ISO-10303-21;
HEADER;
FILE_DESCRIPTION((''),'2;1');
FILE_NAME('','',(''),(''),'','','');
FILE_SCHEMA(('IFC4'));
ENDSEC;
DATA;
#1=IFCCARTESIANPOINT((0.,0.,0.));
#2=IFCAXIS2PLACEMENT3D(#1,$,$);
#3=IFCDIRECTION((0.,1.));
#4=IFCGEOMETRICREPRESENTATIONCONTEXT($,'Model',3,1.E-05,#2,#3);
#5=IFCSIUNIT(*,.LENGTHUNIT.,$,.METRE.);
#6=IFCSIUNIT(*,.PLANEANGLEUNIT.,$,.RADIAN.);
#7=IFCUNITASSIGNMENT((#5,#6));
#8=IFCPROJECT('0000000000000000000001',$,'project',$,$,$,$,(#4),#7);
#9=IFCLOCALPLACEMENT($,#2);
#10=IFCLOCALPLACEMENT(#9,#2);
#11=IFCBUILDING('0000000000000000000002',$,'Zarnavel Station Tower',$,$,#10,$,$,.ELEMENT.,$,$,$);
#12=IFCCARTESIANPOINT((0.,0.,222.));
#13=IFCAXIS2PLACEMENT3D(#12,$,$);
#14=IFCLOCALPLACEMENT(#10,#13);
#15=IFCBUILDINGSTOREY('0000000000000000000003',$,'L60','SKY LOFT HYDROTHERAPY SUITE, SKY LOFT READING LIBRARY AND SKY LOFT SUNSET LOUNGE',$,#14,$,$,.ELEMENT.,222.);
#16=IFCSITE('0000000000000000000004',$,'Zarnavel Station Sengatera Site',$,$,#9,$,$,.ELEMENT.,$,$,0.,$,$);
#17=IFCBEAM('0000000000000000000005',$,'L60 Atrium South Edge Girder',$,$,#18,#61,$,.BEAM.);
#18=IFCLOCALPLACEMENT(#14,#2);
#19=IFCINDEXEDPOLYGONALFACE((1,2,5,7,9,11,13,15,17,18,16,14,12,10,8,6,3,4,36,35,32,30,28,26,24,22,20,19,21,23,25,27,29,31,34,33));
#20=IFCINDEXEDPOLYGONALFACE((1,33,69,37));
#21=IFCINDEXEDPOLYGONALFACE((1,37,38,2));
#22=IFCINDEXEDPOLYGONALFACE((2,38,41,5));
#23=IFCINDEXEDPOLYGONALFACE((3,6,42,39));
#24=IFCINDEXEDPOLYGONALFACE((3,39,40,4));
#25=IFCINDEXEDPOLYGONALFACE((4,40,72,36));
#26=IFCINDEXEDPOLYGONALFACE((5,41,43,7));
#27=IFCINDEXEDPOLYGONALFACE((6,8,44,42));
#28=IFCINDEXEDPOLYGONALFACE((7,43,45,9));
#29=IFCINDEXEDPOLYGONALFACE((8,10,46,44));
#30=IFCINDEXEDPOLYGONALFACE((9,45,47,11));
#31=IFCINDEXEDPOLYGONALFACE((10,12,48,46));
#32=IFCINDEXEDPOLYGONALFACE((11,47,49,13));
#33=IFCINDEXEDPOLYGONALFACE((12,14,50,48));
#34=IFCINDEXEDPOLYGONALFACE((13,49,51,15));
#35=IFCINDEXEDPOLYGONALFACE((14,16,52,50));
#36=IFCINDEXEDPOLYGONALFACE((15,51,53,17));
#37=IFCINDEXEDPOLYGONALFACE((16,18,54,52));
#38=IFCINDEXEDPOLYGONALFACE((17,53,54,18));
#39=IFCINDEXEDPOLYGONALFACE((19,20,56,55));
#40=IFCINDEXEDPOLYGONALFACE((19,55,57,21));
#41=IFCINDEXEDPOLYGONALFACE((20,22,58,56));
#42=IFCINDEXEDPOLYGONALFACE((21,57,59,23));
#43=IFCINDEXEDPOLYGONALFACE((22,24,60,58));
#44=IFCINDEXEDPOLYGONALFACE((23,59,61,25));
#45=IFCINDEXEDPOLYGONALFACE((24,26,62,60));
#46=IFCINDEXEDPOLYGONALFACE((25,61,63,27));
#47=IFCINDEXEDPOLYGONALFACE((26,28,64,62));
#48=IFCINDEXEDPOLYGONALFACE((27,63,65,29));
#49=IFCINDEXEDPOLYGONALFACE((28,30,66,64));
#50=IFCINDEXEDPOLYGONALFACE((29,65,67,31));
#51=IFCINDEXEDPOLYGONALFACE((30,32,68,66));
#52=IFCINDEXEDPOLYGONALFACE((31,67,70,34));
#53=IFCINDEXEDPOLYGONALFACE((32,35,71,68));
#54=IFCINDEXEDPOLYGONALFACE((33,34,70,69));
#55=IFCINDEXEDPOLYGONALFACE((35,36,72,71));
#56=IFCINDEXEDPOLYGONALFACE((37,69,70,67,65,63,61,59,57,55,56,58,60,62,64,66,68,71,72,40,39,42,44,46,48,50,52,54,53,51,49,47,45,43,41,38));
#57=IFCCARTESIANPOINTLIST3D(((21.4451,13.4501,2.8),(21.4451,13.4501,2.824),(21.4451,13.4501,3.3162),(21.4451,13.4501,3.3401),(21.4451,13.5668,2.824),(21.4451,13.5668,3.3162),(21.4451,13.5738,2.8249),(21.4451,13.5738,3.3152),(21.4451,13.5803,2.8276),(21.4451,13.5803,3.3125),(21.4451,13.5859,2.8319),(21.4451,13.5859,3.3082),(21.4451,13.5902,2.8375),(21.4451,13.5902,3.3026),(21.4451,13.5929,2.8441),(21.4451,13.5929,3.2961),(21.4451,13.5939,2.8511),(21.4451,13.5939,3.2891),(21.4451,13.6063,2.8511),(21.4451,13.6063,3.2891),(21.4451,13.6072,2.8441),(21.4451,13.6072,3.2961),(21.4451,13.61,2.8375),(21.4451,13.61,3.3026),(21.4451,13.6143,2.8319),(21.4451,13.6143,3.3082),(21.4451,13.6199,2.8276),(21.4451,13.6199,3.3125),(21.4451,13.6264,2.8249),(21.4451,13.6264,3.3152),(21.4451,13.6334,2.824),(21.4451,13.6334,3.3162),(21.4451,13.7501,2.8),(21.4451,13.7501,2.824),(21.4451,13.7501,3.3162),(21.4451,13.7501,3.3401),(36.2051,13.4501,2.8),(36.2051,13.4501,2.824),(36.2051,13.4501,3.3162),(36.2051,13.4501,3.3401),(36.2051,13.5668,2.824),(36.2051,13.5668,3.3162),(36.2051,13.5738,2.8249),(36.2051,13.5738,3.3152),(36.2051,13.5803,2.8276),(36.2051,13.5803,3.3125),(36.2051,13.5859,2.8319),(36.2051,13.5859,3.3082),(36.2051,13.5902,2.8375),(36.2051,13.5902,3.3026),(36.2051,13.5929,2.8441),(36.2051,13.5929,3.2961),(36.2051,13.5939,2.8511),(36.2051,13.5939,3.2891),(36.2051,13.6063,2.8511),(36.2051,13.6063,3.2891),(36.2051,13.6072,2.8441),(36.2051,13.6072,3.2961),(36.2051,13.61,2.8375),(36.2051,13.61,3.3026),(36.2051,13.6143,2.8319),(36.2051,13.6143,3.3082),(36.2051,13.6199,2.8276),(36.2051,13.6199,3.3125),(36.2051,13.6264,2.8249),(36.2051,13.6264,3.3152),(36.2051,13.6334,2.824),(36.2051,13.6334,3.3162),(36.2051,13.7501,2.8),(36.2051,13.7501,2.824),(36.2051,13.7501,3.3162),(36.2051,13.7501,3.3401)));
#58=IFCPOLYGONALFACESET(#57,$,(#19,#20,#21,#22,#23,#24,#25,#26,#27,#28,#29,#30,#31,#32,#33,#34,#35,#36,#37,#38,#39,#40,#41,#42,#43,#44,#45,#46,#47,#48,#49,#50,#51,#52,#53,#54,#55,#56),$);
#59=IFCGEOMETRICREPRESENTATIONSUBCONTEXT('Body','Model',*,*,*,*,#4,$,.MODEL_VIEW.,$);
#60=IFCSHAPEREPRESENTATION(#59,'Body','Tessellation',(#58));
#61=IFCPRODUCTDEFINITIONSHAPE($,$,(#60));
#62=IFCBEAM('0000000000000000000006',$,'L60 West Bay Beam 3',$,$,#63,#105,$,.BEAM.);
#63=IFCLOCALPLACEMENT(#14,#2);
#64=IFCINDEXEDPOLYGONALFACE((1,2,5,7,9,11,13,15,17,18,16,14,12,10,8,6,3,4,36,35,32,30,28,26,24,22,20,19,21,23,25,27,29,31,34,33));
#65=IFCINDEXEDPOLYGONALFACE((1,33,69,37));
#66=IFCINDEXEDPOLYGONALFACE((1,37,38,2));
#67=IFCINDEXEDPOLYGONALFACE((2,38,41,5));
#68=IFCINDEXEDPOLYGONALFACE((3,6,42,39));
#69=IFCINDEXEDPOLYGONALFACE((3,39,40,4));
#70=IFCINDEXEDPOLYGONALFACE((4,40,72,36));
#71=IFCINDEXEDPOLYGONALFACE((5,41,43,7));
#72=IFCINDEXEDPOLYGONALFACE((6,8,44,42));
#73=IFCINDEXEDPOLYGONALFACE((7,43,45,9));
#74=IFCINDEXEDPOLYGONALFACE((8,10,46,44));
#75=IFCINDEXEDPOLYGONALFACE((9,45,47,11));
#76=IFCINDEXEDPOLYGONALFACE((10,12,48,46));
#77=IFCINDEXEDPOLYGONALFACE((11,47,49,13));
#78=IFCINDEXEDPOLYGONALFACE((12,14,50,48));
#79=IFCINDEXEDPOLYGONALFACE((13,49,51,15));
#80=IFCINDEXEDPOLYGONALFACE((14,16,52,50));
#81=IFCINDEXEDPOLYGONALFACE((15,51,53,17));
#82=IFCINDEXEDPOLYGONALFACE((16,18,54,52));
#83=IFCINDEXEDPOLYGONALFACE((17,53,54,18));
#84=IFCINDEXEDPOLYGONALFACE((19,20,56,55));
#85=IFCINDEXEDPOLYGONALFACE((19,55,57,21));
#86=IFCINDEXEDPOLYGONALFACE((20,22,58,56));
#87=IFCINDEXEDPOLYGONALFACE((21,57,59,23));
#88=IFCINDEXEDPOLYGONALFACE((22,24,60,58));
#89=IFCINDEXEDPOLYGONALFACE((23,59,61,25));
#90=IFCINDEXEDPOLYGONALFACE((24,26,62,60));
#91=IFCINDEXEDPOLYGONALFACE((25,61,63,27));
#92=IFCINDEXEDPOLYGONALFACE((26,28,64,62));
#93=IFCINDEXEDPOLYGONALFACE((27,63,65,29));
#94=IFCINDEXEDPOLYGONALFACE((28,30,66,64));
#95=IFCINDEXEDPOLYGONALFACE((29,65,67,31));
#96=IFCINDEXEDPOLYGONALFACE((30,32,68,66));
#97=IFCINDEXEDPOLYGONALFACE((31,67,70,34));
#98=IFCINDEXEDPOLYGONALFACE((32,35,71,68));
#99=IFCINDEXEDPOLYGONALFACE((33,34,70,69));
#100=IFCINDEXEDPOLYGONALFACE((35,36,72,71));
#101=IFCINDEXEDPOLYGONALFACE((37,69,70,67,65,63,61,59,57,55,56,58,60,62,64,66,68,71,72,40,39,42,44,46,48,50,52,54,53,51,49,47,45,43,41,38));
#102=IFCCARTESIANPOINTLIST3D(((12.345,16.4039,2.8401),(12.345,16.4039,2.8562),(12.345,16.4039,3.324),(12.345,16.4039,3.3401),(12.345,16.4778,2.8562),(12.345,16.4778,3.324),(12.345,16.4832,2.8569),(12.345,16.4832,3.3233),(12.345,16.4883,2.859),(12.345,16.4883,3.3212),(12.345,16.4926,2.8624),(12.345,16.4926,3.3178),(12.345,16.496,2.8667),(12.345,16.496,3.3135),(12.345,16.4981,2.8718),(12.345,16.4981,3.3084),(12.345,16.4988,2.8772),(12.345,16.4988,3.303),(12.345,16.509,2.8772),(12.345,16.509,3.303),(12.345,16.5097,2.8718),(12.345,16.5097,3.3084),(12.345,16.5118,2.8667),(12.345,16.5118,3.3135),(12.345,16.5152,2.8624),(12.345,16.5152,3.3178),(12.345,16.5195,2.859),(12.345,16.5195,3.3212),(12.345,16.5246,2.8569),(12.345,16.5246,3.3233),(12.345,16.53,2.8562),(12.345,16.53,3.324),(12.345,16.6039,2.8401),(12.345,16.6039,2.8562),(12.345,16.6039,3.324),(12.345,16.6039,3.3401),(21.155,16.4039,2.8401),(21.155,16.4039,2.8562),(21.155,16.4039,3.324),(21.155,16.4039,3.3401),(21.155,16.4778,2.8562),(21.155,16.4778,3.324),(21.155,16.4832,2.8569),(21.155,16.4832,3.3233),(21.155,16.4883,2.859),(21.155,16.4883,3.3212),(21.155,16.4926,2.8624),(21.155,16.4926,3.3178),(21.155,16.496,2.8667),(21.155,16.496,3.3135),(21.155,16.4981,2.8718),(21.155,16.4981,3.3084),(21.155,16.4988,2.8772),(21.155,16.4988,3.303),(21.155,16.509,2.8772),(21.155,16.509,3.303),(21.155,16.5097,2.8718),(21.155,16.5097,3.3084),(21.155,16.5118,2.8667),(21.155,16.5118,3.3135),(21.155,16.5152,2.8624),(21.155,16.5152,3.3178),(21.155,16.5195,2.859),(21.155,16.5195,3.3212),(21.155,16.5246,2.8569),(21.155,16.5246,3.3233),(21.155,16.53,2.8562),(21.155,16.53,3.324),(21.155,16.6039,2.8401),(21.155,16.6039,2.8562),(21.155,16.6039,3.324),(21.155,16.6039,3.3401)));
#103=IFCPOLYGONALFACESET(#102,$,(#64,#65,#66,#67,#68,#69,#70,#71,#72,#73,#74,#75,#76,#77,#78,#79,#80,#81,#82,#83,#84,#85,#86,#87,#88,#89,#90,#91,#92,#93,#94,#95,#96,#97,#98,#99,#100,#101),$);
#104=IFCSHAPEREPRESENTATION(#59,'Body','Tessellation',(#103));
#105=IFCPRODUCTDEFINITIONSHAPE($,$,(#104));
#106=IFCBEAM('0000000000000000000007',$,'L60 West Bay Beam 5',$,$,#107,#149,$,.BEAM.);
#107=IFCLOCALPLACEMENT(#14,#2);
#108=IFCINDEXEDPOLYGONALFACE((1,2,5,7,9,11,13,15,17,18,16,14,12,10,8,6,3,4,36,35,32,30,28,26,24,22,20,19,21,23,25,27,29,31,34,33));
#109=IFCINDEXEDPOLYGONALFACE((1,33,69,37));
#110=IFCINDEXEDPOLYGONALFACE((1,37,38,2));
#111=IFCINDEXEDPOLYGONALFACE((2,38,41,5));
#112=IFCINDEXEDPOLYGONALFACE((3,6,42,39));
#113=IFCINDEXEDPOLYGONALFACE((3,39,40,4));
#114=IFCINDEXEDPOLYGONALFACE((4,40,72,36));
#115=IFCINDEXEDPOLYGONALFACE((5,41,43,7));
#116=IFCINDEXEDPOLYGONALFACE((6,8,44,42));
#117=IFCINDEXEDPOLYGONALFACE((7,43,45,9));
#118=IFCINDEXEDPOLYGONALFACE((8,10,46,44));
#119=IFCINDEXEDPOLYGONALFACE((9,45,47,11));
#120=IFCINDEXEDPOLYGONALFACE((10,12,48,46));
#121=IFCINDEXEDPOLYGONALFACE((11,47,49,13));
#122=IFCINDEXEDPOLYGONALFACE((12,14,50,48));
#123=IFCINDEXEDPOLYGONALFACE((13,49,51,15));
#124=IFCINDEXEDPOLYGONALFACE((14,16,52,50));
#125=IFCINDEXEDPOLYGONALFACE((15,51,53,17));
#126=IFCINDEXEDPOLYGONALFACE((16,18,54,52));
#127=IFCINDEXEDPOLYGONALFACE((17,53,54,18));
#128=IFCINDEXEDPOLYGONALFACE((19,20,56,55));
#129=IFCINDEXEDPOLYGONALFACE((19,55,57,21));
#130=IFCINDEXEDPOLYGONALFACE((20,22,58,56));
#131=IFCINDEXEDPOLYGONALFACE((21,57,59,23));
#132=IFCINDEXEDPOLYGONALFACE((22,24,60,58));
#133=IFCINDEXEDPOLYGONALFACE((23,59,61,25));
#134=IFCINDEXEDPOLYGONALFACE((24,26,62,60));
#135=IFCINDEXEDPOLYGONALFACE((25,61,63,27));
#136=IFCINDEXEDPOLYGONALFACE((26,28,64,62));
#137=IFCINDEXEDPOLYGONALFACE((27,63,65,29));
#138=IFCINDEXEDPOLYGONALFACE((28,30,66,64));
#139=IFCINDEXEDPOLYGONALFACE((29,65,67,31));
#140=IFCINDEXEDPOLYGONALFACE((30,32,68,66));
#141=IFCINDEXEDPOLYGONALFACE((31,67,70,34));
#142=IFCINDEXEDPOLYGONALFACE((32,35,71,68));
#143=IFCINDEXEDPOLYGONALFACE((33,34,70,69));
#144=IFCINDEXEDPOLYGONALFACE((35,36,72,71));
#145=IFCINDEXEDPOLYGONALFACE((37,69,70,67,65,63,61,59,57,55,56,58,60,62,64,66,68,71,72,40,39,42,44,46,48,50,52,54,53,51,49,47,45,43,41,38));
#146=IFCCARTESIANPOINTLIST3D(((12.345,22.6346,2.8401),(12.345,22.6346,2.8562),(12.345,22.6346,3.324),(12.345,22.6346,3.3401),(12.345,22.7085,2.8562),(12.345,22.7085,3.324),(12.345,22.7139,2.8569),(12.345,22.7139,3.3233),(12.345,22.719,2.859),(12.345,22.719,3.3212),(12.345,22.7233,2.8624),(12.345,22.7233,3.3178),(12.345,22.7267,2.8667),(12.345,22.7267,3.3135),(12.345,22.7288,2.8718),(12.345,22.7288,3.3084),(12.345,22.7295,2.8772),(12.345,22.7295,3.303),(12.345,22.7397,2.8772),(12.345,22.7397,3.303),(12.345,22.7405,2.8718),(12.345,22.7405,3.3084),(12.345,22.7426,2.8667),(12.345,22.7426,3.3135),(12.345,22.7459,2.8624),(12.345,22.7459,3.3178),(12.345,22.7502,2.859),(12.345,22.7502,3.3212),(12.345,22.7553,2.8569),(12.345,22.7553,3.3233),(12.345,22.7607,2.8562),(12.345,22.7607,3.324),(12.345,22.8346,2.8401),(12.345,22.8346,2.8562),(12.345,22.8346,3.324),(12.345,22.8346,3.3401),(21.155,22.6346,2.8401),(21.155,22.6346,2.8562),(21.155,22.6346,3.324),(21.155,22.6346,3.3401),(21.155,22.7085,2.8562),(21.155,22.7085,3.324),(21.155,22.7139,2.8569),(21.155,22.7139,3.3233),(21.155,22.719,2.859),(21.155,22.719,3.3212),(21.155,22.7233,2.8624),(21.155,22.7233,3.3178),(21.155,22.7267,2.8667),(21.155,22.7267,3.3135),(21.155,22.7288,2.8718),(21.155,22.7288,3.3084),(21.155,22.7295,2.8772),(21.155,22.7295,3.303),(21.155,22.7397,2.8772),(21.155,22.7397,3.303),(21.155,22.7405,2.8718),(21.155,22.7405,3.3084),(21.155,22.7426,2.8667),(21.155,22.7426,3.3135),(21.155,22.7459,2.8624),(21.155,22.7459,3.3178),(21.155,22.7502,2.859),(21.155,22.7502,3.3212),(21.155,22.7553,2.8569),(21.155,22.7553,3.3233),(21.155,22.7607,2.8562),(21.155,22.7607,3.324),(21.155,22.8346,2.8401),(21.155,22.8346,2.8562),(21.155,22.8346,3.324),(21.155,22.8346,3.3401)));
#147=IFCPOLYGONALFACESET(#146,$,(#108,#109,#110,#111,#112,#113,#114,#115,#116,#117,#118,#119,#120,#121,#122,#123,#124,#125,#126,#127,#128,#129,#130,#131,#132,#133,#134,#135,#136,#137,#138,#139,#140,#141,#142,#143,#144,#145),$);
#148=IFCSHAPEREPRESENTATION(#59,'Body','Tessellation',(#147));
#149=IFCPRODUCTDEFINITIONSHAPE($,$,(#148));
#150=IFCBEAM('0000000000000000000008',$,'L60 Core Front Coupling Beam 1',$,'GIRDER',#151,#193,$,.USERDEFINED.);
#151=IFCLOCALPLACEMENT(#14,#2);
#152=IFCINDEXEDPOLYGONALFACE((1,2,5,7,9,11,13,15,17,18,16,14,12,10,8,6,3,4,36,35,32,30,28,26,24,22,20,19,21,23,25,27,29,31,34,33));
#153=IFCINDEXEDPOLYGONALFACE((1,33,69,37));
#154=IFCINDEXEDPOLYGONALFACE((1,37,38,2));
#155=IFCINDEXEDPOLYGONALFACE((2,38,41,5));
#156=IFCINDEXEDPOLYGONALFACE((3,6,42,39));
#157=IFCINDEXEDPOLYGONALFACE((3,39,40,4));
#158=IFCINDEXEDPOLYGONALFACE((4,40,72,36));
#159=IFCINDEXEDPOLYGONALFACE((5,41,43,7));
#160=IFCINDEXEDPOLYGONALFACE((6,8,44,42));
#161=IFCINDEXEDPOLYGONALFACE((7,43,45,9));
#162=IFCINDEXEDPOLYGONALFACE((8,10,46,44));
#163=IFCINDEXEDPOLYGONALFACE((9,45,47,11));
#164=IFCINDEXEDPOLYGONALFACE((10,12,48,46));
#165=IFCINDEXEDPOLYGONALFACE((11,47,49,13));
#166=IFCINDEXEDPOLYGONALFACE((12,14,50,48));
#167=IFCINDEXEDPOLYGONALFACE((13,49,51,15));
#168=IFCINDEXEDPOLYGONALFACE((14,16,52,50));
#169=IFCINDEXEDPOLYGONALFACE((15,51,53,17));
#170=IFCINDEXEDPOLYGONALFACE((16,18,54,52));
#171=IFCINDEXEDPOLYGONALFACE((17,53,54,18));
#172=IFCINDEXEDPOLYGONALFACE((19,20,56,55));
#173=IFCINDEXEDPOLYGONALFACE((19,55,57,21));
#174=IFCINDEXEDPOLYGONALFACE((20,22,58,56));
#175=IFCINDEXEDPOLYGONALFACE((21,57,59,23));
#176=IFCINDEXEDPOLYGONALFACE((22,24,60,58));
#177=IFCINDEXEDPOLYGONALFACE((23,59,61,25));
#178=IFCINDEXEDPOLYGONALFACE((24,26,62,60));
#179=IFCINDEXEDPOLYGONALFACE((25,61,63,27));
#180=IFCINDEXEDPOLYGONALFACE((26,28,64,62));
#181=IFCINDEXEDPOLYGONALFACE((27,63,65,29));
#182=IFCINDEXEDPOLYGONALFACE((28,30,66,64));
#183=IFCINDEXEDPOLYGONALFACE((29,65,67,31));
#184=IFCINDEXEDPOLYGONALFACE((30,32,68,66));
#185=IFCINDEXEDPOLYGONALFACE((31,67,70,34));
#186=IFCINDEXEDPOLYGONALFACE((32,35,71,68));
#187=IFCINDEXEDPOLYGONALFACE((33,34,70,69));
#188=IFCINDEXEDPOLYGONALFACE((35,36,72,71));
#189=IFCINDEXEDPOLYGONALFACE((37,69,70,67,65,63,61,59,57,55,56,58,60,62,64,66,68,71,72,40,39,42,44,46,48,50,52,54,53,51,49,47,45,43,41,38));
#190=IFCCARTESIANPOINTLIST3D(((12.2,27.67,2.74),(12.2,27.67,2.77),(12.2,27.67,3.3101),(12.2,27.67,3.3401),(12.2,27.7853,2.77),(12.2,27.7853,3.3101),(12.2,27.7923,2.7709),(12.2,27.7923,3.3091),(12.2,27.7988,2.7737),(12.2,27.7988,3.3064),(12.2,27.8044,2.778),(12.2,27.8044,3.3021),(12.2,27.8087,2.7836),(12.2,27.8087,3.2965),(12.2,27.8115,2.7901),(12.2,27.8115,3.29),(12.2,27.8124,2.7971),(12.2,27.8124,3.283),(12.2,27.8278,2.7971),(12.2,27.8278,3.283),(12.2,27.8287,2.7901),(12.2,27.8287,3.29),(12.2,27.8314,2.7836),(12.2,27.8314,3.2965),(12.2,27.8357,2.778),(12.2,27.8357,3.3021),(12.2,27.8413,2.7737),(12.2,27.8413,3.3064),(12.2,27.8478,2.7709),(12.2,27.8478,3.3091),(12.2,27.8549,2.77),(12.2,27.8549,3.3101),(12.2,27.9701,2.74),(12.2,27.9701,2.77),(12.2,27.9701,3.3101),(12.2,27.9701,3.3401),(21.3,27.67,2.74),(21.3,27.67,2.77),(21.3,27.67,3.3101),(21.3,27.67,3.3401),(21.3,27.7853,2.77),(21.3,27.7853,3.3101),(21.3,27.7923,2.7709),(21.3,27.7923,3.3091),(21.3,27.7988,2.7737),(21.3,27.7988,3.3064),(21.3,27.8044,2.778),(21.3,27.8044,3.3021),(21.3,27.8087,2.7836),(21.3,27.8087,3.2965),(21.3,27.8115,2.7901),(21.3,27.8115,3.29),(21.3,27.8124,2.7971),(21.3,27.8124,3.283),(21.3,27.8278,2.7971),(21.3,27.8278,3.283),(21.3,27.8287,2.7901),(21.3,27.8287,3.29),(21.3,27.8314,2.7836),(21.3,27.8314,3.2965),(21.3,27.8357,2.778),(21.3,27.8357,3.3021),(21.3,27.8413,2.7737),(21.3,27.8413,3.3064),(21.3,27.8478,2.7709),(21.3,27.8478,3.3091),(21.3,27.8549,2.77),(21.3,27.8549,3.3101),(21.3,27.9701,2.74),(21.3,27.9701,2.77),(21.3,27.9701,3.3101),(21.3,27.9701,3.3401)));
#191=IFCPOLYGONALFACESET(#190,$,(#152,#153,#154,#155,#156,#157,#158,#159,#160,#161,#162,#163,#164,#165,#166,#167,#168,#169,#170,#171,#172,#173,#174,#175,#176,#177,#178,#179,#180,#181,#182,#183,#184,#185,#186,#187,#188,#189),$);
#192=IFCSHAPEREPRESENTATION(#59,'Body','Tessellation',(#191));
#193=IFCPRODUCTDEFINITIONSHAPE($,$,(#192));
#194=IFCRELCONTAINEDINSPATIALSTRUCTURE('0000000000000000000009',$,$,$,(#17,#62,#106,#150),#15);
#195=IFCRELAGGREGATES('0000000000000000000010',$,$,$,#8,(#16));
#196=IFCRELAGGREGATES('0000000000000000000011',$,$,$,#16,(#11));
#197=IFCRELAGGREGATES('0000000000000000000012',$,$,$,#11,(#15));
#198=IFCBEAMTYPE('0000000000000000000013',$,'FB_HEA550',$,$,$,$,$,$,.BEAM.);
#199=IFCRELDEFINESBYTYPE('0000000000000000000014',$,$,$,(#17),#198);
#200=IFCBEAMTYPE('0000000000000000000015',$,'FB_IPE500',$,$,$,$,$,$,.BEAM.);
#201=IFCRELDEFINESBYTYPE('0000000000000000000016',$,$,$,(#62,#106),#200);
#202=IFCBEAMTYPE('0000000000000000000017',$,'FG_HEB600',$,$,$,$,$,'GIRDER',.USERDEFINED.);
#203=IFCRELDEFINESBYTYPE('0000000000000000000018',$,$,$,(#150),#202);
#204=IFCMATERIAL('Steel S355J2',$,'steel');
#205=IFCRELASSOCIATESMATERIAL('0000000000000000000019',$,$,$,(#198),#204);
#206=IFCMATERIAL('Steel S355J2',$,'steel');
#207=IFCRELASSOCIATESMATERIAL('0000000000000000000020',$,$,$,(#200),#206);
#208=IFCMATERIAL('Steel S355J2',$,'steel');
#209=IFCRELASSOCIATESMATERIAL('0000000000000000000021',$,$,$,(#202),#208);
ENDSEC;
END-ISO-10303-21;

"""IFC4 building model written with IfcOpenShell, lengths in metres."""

from ifc_helpers import new_model, si_unit, direction, frame, origin, origin_2d, place, context, subcontext, project, spatial, i_section, extrude, material, material_profile, profile_set, type_object, element, save


model = new_model("IFC4")

# Units and contexts
model_context = context("Model", 3, precision=1e-05, world=origin(), true_north=direction((0.0, 1.0)))
body_context = subcontext(model_context, "Body", "Model", "MODEL_VIEW")
ifc_project = project(units=[si_unit("LENGTHUNIT", "METRE"), si_unit("PLANEANGLEUNIT", "RADIAN")], contexts=[model_context])

# Site, building, storey
site_placement = place(None, origin())
site = spatial("IfcSite", under=ifc_project, at=site_placement, Name="Zarnavel Station Sengatera Site", CompositionType="ELEMENT", RefElevation=0.0)
building_placement = place(site_placement, origin())
building = spatial("IfcBuilding", under=site, at=building_placement, Name="Zarnavel Station Tower", CompositionType="ELEMENT")
storey_placement = place(building_placement, frame((0.0, 0.0, 222.0)))
storey = spatial("IfcBuildingStorey", under=building, at=storey_placement, Name="L60", Description="SKY LOFT HYDROTHERAPY SUITE, SKY LOFT READING LIBRARY AND SKY LOFT SUNSET LOUNGE", CompositionType="ELEMENT", Elevation=222.0)

# Beams
ifc_material_1 = material(Name="Steel S355J2", Category="steel")
ifc_material_profile_1 = material_profile(ifc_material_1, i_section(OverallWidth=0.3, OverallDepth=0.54, WebThickness=0.0125, FlangeThickness=0.0239, FilletRadius=0.0271, at=origin_2d()), Name="HEA550")
ifc_profile_set_1 = profile_set([ifc_material_profile_1], Name="Steel S355J2")
beam_type_1 = type_object("IfcBeamType", Name="FB_HEA550", PredefinedType="BEAM", material=ifc_profile_set_1)
beam_1_placement = place(storey_placement, frame((21.4451, 13.6001, 3.0701), z_axis=(1.0, 0.0, 0.0), x_axis=(0.0, 1.0, 0.0)))
element("IfcBeam", 1, at=beam_1_placement, inside=storey, type_object=beam_type_1, Name="L60 Atrium South Edge Girder", PredefinedType="BEAM", context=body_context, shape_type="SweptSolid", body=[
    extrude(i_section(OverallWidth=0.3, OverallDepth=0.54, WebThickness=0.0125, FlangeThickness=0.0239, FilletRadius=0.0271, at=origin_2d()), origin(), (0.0, 0.0, 1.0), 14.76),
])
ifc_material_2 = material(Name="Steel S355J2", Category="steel")
ifc_material_profile_2 = material_profile(ifc_material_2, i_section(OverallWidth=0.2, OverallDepth=0.5, WebThickness=0.0103, FlangeThickness=0.0161, FilletRadius=0.021, at=origin_2d()), Name="IPE500")
ifc_profile_set_2 = profile_set([ifc_material_profile_2], Name="Steel S355J2")
beam_type_2 = type_object("IfcBeamType", Name="FB_IPE500", PredefinedType="BEAM", material=ifc_profile_set_2)
for number, where, z_axis, x_axis, name in (
    (2, (12.345, 16.5039, 3.0901), (1.0, 0.0, 0.0), (0.0, 1.0, 0.0), "L60 West Bay Beam 3"),
    (3, (12.345, 22.7346, 3.0901), (1.0, 0.0, 0.0), (0.0, 1.0, 0.0), "L60 West Bay Beam 5"),
):
    element("IfcBeam", number, at=place(storey_placement, frame(where, z_axis=z_axis, x_axis=x_axis)), inside=storey, type_object=beam_type_2, Name=name, PredefinedType="BEAM", context=body_context, shape_type="SweptSolid", body=[
        extrude(i_section(OverallWidth=0.2, OverallDepth=0.5, WebThickness=0.0103, FlangeThickness=0.0161, FilletRadius=0.021, at=origin_2d()), origin(), (0.0, 0.0, 1.0), 8.8101),
    ])
ifc_material_3 = material(Name="Steel S355J2", Category="steel")
ifc_material_profile_3 = material_profile(ifc_material_3, i_section(OverallWidth=0.3, OverallDepth=0.6001, WebThickness=0.0154, FlangeThickness=0.03, FilletRadius=0.0271, at=origin_2d()), Name="HEB600")
ifc_profile_set_3 = profile_set([ifc_material_profile_3], Name="Steel S355J2")
beam_type_3 = type_object("IfcBeamType", Name="FG_HEB600", ElementType="GIRDER", PredefinedType="USERDEFINED", material=ifc_profile_set_3)
beam_2_placement = place(storey_placement, frame((12.2, 27.8201, 3.04), z_axis=(1.0, 0.0, 0.0), x_axis=(0.0, 1.0, 0.0)))
element("IfcBeam", 4, at=beam_2_placement, inside=storey, type_object=beam_type_3, Name="L60 Core Front Coupling Beam 1", ObjectType="GIRDER", PredefinedType="USERDEFINED", context=body_context, shape_type="SweptSolid", body=[
    extrude(i_section(OverallWidth=0.3, OverallDepth=0.6001, WebThickness=0.0154, FlangeThickness=0.03, FilletRadius=0.0271, at=origin_2d()), origin(), (0.0, 0.0, 1.0), 9.1001),
])

save(model, "model.ifc")
